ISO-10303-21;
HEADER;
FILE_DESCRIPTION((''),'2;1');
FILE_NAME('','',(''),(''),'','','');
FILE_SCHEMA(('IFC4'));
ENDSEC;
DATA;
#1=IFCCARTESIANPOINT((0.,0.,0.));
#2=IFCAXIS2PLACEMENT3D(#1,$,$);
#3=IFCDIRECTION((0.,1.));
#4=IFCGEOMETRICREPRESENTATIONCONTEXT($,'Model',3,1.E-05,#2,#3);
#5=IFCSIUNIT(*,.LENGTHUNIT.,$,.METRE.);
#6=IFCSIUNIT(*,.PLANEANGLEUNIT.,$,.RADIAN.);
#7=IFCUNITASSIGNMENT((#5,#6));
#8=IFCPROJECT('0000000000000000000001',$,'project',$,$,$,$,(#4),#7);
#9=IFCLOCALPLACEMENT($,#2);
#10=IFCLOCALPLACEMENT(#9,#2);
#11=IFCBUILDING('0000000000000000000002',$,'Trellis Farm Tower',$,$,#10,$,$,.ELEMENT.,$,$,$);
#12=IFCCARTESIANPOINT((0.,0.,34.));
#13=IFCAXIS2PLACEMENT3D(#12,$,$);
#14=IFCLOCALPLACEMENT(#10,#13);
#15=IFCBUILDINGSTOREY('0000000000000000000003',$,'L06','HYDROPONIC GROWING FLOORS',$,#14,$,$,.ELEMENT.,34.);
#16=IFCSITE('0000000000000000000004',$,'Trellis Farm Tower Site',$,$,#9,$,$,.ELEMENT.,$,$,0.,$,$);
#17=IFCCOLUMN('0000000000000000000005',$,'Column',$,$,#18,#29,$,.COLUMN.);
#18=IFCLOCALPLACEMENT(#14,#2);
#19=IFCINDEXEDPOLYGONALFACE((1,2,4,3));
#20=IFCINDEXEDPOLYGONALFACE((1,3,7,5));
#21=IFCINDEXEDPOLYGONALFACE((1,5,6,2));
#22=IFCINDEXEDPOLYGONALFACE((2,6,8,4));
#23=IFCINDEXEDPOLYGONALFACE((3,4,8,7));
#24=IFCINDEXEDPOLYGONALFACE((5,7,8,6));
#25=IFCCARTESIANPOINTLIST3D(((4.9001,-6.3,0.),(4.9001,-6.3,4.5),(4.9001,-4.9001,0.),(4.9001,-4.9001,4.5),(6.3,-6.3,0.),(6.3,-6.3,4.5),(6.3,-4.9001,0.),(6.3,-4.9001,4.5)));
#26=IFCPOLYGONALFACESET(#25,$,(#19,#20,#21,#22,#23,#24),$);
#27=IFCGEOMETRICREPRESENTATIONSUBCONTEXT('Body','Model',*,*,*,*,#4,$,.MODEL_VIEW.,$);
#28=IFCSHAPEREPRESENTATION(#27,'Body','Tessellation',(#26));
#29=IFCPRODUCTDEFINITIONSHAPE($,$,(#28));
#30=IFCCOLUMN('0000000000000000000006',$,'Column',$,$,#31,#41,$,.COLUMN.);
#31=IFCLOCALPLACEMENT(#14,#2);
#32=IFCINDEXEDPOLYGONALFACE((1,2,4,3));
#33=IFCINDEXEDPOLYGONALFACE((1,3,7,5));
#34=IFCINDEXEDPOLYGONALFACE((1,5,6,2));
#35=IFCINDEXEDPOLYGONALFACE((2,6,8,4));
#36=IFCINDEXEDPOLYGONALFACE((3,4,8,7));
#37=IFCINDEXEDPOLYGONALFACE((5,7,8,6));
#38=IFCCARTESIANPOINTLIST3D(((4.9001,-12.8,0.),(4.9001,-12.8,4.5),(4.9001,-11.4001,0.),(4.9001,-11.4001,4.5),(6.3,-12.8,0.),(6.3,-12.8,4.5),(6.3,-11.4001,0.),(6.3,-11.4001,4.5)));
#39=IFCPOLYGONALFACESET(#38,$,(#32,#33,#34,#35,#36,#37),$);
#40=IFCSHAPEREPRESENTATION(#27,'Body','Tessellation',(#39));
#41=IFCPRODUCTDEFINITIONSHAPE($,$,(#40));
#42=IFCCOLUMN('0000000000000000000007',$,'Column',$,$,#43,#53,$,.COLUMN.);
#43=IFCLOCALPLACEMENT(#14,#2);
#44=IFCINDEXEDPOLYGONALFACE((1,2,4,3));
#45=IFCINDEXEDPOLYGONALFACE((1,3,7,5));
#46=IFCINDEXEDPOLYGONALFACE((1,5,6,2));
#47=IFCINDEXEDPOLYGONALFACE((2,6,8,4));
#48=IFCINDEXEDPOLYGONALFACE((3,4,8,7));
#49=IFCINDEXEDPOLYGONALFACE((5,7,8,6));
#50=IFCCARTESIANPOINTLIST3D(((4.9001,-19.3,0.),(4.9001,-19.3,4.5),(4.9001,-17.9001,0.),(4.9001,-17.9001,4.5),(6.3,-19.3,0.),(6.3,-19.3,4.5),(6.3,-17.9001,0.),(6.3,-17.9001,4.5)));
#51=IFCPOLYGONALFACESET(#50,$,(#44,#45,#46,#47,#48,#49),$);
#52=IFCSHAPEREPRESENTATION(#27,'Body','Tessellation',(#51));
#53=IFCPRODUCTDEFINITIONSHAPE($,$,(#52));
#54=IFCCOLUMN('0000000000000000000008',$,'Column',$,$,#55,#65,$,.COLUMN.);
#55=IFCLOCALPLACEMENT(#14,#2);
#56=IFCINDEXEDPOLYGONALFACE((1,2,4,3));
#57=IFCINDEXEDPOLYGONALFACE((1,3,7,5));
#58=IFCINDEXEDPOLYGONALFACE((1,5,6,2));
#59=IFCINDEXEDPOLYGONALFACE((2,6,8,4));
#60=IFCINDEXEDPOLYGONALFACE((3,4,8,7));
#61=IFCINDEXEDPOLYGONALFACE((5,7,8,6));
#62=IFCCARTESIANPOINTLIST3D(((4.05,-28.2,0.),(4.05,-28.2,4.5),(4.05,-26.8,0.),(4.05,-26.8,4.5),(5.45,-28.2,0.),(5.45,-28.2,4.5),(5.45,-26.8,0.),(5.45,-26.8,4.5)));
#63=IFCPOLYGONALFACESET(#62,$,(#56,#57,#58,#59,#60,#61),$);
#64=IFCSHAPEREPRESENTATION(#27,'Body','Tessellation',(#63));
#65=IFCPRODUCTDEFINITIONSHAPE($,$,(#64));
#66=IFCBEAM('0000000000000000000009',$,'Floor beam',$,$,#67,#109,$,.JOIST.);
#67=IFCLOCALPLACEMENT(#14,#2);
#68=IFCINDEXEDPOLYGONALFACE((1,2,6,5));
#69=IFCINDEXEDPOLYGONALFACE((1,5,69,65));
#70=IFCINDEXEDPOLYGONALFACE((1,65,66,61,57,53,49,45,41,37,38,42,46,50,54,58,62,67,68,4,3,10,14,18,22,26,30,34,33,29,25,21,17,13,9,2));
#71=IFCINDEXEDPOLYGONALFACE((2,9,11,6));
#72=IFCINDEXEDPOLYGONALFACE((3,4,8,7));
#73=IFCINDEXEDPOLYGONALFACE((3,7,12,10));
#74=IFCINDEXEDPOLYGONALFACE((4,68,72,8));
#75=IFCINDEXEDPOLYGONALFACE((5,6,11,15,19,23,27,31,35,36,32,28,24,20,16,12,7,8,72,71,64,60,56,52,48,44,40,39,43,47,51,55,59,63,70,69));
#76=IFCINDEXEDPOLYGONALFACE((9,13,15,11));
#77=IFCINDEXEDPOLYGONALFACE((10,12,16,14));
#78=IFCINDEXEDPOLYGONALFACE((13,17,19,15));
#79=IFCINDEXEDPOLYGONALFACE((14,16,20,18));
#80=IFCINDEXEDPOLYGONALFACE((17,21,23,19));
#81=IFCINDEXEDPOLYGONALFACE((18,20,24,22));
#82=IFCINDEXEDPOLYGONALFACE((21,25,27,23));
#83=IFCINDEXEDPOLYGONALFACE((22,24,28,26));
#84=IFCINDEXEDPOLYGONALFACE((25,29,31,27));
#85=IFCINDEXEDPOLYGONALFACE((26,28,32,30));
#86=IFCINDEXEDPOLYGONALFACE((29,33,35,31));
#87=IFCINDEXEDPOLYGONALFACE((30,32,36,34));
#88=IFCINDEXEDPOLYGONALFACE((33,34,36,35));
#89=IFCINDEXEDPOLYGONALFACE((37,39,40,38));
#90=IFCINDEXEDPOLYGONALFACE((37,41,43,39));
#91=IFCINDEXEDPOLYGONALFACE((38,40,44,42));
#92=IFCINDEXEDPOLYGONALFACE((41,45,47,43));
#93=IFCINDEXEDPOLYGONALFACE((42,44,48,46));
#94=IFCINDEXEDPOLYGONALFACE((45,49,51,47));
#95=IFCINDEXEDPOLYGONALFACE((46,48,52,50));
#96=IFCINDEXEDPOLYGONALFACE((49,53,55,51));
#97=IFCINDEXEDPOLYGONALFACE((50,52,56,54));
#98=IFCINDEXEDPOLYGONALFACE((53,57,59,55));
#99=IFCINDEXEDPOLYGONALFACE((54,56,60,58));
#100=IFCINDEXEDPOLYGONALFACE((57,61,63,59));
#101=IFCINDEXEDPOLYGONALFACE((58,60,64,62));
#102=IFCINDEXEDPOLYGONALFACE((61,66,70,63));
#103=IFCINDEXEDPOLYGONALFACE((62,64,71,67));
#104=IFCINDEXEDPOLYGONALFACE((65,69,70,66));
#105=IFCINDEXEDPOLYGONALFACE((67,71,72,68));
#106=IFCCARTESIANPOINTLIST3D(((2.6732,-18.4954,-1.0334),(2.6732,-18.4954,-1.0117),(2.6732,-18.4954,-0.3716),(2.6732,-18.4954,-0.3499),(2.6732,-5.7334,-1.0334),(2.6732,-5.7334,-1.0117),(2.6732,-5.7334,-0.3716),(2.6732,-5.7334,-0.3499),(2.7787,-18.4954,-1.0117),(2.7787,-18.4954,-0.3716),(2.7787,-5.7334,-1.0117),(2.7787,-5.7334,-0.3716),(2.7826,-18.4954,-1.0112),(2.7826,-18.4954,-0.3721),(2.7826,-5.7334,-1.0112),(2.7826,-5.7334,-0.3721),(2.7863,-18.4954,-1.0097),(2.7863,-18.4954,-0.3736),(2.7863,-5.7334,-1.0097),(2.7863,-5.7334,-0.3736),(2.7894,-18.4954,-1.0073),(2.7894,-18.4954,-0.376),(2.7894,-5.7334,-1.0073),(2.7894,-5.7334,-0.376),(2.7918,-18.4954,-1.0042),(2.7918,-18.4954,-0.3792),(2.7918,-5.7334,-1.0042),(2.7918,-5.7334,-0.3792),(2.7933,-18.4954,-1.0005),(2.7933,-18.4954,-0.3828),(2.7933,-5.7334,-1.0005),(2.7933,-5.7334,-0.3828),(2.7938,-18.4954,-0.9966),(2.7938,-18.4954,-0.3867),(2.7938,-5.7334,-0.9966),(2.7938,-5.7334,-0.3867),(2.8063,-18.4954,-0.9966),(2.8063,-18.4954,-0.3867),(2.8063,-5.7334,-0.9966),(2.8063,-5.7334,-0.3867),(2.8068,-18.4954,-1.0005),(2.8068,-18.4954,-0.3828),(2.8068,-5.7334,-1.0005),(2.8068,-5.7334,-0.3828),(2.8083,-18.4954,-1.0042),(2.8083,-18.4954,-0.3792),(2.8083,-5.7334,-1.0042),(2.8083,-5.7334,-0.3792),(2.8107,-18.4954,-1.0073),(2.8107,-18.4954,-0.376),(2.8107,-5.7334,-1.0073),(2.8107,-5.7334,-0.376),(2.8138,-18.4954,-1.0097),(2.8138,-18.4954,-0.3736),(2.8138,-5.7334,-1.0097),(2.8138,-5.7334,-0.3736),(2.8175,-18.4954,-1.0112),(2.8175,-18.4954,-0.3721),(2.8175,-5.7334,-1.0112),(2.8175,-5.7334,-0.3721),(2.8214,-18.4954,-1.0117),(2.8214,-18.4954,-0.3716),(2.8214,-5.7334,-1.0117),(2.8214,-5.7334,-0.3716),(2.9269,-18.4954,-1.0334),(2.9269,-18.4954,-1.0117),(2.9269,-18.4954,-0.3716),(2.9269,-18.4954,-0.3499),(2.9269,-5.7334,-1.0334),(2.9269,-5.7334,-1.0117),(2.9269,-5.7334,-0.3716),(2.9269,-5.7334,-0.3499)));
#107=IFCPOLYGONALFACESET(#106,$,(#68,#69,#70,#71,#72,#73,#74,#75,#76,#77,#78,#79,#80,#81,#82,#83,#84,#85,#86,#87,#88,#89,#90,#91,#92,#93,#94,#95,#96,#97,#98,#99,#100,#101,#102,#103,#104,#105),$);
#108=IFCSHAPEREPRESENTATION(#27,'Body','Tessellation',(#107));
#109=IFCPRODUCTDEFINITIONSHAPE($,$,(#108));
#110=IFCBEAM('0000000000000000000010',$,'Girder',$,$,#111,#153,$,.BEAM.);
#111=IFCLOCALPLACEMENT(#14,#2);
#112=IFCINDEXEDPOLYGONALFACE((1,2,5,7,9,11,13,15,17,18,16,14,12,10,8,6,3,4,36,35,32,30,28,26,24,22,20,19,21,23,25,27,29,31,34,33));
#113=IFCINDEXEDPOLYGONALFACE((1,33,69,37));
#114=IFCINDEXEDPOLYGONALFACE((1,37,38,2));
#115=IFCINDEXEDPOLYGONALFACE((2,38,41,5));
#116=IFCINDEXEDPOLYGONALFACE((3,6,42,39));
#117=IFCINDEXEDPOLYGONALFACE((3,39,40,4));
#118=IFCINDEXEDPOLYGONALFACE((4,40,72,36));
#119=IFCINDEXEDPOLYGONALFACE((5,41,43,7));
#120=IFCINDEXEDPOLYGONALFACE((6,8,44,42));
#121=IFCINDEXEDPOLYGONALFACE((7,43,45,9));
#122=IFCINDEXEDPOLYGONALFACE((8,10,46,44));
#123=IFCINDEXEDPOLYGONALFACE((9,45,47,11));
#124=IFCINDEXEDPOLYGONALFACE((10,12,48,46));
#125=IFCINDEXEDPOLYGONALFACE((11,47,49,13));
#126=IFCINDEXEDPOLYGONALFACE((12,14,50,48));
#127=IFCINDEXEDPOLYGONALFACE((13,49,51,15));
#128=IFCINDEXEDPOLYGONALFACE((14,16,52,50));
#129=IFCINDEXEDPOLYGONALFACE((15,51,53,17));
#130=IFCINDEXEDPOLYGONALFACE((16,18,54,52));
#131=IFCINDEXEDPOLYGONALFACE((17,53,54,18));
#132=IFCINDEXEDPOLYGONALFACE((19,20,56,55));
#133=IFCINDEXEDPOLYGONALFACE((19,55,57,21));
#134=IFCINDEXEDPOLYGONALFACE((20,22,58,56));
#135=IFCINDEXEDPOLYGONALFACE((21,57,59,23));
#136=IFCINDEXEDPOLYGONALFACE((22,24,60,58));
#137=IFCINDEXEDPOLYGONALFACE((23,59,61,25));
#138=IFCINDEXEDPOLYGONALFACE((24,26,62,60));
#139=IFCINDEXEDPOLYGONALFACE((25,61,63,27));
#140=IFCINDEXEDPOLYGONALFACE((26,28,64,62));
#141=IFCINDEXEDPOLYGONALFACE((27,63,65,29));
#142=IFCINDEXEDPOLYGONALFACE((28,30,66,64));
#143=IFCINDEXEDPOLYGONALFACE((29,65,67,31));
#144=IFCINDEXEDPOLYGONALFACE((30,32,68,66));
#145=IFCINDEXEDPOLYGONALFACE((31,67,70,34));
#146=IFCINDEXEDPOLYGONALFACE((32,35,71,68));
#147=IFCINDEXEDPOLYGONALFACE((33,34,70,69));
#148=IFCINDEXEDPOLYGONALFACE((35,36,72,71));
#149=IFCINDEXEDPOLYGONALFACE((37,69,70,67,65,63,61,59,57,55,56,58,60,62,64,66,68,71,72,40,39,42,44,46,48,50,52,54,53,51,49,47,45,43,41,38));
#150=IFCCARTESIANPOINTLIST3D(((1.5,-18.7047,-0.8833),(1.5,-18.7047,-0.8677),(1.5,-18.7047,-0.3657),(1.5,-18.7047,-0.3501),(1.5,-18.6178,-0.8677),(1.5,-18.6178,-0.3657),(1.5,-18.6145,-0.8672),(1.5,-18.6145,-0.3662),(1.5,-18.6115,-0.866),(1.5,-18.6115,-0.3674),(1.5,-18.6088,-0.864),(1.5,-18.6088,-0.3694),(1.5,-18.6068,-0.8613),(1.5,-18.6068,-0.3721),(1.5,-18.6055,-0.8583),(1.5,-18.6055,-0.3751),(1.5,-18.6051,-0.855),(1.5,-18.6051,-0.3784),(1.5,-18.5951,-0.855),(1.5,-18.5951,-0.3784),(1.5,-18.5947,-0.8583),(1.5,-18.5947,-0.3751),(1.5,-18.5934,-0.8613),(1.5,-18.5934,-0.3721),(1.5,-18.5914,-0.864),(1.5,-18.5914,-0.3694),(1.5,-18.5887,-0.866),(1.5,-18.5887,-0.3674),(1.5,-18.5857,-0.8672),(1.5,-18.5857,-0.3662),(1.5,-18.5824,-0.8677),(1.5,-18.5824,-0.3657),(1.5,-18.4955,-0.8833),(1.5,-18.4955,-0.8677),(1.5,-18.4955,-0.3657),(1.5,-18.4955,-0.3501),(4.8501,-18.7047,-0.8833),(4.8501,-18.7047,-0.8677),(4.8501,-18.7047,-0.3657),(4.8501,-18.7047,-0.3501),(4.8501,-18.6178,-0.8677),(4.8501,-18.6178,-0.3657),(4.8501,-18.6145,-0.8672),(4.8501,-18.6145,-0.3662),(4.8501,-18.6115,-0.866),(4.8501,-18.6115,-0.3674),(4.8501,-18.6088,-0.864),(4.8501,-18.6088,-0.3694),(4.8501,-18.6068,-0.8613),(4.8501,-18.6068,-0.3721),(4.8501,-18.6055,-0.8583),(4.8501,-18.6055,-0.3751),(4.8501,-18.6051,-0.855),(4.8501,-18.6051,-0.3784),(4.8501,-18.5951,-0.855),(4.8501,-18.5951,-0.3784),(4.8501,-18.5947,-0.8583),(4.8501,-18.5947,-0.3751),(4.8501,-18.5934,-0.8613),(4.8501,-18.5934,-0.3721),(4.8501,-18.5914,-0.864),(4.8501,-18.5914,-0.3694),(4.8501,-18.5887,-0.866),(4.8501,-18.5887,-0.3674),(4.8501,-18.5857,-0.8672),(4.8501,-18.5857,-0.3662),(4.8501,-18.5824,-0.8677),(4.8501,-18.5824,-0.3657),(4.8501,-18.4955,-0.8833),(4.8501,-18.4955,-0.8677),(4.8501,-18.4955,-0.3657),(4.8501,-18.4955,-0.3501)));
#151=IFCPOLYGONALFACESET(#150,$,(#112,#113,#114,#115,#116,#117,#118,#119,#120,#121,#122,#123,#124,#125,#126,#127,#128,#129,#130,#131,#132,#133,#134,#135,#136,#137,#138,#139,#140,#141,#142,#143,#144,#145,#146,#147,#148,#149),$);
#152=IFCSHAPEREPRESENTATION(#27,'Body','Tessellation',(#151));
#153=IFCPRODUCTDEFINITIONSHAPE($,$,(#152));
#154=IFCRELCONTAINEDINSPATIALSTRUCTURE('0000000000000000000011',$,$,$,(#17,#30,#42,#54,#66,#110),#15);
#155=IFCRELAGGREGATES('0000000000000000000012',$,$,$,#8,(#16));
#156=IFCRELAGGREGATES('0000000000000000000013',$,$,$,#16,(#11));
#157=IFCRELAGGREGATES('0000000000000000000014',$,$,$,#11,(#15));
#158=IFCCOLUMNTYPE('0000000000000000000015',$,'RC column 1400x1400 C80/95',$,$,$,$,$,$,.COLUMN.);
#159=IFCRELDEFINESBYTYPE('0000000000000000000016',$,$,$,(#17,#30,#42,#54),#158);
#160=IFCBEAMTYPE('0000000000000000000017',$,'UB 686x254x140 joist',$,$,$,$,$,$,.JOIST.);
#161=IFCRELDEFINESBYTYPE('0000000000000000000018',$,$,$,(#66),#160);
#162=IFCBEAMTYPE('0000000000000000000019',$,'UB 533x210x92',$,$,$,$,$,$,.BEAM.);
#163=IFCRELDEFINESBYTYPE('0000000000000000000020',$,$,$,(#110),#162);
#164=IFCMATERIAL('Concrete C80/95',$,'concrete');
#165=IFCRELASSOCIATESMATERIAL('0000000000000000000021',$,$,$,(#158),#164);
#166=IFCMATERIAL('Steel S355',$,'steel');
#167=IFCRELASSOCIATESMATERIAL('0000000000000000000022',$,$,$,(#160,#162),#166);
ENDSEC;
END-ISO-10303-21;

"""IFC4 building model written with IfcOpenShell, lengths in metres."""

from ifc_helpers import new_model, si_unit, direction, frame, origin, origin_2d, place, context, subcontext, project, spatial, rectangle, i_section, extrude, source, transform, mapped, material, material_profile, profile_set, type_object, element, save


model = new_model("IFC4")

# Units and contexts
model_context = context("Model", 3, precision=1e-05, world=origin(), true_north=direction((0.0, 1.0)))
body_context = subcontext(model_context, "Body", "Model", "MODEL_VIEW")
ifc_project = project(units=[si_unit("LENGTHUNIT", "METRE"), si_unit("PLANEANGLEUNIT", "RADIAN")], contexts=[model_context])

# Site, building, storey
site_placement = place(None, origin())
site = spatial("IfcSite", under=ifc_project, at=site_placement, Name="Trellis Farm Tower Site", CompositionType="ELEMENT", RefElevation=0.0)
building_placement = place(site_placement, origin())
building = spatial("IfcBuilding", under=site, at=building_placement, Name="Trellis Farm Tower", CompositionType="ELEMENT")
storey_placement = place(building_placement, frame((0.0, 0.0, 34.0)))
storey = spatial("IfcBuildingStorey", under=building, at=storey_placement, Name="L06", Description="HYDROPONIC GROWING FLOORS", CompositionType="ELEMENT", Elevation=34.0)

# Columns
ifc_material_1 = material(Name="Concrete C80/95", Category="concrete")
ifc_material_profile_1 = material_profile(ifc_material_1, rectangle(XDim=1.3999, YDim=1.3999, at=origin_2d()), Name="RC column 1400x1400 C80/95")
ifc_profile_set_1 = profile_set([ifc_material_profile_1], Name="Concrete C80/95")
column_type = type_object("IfcColumnType", Name="RC column 1400x1400 C80/95", PredefinedType="COLUMN", material=ifc_profile_set_1)
shared_shape_1 = source(origin(), body_context, "Body", "SweptSolid", [
    extrude(rectangle(XDim=1.3999, YDim=1.3999, at=origin_2d()), origin(), (0.0, 0.0, 1.0), 4.5),
])
for number, where, z_axis, x_axis, name in (
    (1, (5.6001, -5.6001, 0.0), (0.0, 0.0, 1.0), (1.0, 0.0, 0.0), "Column"),
    (2, (5.6001, -12.1001, 0.0), (0.0, 0.0, 1.0), (1.0, 0.0, 0.0), "Column"),
    (3, (5.6001, -18.6001, 0.0), (0.0, 0.0, 1.0), (1.0, 0.0, 0.0), "Column"),
    (4, (4.75, -27.5, 0.0), (0.0, 0.0, 1.0), (1.0, 0.0, 0.0), "Column"),
):
    element("IfcColumn", number, at=place(storey_placement, frame(where, z_axis=z_axis, x_axis=x_axis)), inside=storey, type_object=column_type, Name=name, PredefinedType="COLUMN", context=body_context, shape_type="MappedRepresentation", body=[
        mapped(shared_shape_1, transform((0.0, 0.0, 0.0))),
    ])

# Beams
ifc_material_2 = material(Name="Steel S355", Category="steel")
ifc_material_profile_2 = material_profile(ifc_material_2, i_section(OverallWidth=0.2537, OverallDepth=0.6836, WebThickness=0.0125, FlangeThickness=0.0217, FilletRadius=0.0151, at=origin_2d()), Name="UB 686x254x140")
ifc_profile_set_2 = profile_set([ifc_material_profile_2], Name="Steel S355")
beam_type_1 = type_object("IfcBeamType", Name="UB 686x254x140 joist", PredefinedType="JOIST", material=ifc_profile_set_2)
shared_shape_2 = source(origin(), body_context, "Body", "SweptSolid", [
    extrude(i_section(OverallWidth=0.2537, OverallDepth=0.6836, WebThickness=0.0125, FlangeThickness=0.0217, FilletRadius=0.0151, at=origin_2d()), origin(), (0.0, 0.0, 1.0), 12.762),
])
beam_1_placement = place(storey_placement, frame((2.8, -18.4954, -0.6917), z_axis=(0.0, 1.0, 0.0), x_axis=(-1.0, 0.0, 0.0)))
element("IfcBeam", 5, at=beam_1_placement, inside=storey, type_object=beam_type_1, Name="Floor beam", PredefinedType="JOIST", context=body_context, shape_type="MappedRepresentation", body=[
    mapped(shared_shape_2, transform((0.0, 0.0, 0.0))),
])
ifc_material_profile_3 = material_profile(ifc_material_2, i_section(OverallWidth=0.2092, OverallDepth=0.5332, WebThickness=0.01, FlangeThickness=0.0156, FilletRadius=0.0127, at=origin_2d()), Name="UB 533x210x92")
ifc_profile_set_3 = profile_set([ifc_material_profile_3], Name="Steel S355")
beam_type_2 = type_object("IfcBeamType", Name="UB 533x210x92", PredefinedType="BEAM", material=ifc_profile_set_3)
shared_shape_3 = source(origin(), body_context, "Body", "SweptSolid", [
    extrude(i_section(OverallWidth=0.2092, OverallDepth=0.5332, WebThickness=0.01, FlangeThickness=0.0156, FilletRadius=0.0127, at=origin_2d()), origin(), (0.0, 0.0, 1.0), 3.3501),
])
beam_2_placement = place(storey_placement, frame((1.5, -18.6001, -0.6167), z_axis=(1.0, 0.0, 0.0), x_axis=(0.0, 1.0, 0.0)))
element("IfcBeam", 6, at=beam_2_placement, inside=storey, type_object=beam_type_2, Name="Girder", PredefinedType="BEAM", context=body_context, shape_type="MappedRepresentation", body=[
    mapped(shared_shape_3, transform((0.0, 0.0, 0.0))),
])

save(model, "model.ifc")
